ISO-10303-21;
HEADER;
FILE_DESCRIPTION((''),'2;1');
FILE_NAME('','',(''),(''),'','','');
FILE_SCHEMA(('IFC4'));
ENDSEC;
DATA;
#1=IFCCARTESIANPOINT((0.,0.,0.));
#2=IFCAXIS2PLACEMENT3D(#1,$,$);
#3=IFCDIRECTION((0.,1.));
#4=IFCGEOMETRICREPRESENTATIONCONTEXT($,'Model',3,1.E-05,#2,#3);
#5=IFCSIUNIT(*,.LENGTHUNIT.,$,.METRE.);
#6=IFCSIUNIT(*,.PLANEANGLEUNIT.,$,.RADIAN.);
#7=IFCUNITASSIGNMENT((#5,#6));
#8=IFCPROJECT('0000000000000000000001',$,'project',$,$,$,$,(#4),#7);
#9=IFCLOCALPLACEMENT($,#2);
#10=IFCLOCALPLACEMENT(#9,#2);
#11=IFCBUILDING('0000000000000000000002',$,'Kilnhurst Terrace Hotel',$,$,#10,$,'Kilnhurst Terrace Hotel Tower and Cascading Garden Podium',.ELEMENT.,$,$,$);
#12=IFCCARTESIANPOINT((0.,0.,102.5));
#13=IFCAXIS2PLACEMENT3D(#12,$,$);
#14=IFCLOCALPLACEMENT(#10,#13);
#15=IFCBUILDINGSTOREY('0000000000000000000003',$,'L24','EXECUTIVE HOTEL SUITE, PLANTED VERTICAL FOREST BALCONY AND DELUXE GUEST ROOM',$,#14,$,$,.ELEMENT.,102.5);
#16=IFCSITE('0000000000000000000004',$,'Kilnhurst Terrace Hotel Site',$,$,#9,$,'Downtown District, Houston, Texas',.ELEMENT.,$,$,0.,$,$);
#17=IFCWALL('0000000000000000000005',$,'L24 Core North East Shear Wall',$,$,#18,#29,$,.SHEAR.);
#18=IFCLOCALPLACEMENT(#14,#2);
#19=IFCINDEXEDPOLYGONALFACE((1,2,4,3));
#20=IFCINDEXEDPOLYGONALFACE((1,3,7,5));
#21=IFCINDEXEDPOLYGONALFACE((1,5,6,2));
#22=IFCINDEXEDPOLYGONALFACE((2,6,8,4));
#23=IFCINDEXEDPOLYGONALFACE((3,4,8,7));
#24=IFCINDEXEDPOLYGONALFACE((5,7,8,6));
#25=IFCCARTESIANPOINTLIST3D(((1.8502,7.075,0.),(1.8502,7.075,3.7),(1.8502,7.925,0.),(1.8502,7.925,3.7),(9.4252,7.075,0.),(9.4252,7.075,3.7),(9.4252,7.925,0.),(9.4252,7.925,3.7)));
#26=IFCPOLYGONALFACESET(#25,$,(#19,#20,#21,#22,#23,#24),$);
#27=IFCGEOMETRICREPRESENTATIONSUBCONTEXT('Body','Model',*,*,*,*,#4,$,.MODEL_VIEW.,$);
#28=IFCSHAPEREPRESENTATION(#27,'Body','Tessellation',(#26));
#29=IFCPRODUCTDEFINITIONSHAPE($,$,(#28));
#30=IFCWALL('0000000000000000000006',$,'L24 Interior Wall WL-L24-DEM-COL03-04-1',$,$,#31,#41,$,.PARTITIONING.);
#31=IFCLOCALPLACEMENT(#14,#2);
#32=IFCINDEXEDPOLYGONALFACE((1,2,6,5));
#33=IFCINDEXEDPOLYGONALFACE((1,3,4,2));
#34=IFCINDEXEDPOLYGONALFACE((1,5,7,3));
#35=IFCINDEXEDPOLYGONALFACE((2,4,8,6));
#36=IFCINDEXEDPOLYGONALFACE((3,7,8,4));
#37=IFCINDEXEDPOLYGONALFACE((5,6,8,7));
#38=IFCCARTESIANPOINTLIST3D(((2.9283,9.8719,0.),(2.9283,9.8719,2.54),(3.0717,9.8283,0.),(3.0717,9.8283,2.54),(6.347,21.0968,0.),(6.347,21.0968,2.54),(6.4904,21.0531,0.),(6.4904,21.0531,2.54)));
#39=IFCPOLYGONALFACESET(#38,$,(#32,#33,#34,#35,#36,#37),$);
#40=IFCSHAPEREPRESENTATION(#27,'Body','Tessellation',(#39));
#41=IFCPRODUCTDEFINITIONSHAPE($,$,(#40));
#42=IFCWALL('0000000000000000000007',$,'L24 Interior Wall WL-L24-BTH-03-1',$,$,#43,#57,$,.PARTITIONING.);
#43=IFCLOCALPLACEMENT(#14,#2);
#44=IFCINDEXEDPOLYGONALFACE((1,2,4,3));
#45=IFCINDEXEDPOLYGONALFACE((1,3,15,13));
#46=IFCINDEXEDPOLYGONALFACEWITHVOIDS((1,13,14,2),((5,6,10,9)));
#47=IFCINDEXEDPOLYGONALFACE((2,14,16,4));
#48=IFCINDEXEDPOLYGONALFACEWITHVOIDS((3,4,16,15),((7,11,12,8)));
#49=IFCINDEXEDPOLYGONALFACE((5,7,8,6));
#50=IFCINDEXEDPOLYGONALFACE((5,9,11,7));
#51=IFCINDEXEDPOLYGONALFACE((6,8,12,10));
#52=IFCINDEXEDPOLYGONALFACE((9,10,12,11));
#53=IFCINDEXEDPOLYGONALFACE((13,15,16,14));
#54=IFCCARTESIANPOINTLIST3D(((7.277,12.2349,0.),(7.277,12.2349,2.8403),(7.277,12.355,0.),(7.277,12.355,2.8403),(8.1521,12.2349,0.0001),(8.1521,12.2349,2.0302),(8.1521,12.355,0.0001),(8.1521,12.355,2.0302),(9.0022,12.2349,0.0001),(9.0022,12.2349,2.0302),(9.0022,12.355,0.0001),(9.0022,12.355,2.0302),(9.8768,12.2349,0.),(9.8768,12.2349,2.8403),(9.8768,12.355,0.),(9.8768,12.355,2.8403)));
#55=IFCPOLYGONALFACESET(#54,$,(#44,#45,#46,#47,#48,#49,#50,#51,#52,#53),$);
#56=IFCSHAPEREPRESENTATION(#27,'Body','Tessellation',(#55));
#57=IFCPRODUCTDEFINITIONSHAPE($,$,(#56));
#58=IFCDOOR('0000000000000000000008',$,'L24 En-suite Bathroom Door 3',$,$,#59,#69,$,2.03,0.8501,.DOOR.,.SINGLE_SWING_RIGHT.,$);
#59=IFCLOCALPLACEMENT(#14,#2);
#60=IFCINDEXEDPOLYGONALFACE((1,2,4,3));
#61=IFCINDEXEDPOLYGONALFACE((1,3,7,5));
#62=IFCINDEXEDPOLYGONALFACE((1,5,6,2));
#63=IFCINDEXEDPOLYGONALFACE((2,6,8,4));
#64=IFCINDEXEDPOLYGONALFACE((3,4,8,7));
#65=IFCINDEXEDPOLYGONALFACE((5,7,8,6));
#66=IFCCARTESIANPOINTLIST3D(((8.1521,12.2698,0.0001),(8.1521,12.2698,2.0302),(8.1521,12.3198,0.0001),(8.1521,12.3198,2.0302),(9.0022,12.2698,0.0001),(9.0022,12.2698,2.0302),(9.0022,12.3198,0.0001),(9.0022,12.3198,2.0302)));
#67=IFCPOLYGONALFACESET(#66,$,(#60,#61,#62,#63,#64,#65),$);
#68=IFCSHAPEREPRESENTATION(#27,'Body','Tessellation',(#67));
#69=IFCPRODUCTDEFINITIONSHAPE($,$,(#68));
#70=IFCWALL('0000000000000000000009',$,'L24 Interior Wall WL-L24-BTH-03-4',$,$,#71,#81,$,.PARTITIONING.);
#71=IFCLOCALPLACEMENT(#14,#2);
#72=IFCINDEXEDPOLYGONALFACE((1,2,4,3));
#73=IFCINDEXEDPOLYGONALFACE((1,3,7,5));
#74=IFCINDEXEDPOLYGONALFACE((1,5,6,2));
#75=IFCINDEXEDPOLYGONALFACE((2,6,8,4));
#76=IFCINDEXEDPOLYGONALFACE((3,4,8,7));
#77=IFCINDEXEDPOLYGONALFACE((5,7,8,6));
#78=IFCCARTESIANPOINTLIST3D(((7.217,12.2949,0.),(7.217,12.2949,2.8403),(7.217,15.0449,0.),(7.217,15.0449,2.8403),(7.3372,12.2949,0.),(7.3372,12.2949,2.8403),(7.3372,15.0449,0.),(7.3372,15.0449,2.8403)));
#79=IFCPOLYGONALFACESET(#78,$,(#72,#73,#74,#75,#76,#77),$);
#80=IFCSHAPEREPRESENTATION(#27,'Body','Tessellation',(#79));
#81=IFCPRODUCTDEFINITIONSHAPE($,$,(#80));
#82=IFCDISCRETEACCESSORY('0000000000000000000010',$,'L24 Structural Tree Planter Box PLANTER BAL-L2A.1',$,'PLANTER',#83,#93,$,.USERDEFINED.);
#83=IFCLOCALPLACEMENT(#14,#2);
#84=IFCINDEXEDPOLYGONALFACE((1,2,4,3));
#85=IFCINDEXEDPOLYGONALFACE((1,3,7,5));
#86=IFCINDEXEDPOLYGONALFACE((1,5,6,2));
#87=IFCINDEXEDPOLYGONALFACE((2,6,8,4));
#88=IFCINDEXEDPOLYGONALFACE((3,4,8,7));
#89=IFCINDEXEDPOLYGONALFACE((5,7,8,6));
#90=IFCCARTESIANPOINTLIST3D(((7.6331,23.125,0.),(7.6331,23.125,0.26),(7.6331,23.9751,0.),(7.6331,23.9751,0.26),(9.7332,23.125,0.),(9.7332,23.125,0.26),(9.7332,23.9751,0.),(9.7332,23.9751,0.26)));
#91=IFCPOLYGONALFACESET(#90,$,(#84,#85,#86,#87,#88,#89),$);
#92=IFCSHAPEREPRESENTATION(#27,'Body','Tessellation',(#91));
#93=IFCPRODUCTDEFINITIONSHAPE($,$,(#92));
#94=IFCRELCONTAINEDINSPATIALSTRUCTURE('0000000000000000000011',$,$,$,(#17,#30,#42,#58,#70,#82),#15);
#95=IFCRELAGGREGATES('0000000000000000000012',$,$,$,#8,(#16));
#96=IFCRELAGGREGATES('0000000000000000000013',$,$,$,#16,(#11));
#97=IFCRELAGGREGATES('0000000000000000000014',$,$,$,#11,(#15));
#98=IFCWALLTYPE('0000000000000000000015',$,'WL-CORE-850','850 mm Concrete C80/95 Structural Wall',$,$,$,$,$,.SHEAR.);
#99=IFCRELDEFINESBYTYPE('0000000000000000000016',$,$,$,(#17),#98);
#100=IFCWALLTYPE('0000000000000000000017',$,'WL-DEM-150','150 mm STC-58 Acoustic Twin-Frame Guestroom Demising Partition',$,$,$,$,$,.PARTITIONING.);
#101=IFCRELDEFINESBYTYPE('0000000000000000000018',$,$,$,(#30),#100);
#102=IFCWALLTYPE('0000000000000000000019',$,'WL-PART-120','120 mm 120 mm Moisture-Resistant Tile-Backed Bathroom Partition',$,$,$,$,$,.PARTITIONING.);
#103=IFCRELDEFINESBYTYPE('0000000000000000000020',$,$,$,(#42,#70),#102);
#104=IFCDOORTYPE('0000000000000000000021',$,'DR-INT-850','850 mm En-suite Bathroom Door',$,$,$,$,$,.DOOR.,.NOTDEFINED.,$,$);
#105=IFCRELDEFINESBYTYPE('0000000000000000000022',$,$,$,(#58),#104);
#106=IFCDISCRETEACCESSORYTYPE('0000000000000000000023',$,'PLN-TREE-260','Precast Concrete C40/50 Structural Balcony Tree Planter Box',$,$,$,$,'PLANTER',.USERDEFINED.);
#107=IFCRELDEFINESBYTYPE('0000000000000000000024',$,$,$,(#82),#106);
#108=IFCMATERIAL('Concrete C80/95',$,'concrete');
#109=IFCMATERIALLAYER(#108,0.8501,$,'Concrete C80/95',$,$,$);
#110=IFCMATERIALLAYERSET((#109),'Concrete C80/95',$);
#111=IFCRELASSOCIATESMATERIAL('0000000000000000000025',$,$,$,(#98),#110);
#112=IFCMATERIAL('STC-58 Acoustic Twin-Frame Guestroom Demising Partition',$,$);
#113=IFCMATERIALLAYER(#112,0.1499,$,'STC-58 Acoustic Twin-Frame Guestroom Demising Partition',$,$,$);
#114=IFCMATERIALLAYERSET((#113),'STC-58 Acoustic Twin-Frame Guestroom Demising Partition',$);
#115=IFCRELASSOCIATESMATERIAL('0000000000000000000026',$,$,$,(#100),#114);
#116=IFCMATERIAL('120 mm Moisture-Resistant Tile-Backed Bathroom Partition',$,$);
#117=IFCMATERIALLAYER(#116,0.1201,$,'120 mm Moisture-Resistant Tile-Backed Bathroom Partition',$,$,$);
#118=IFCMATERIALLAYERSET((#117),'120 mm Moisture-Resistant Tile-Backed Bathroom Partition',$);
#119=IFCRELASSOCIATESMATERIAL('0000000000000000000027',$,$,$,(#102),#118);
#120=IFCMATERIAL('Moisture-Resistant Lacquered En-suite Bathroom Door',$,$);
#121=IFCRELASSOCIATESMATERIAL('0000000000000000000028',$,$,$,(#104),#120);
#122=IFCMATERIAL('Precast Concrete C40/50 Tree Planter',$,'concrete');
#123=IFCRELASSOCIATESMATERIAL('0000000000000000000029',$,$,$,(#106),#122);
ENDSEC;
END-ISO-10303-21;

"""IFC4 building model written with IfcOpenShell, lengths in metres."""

from ifc_helpers import new_model, si_unit, direction, frame, frame_2d, origin, origin_2d, place, context, subcontext, project, spatial, rectangle, extrude, material, layer, layer_set, type_object, element, fill, save


model = new_model("IFC4")

# Units and contexts
model_context = context("Model", 3, precision=1e-05, world=origin(), true_north=direction((0.0, 1.0)))
body_context = subcontext(model_context, "Body", "Model", "MODEL_VIEW")
ifc_project = project(units=[si_unit("LENGTHUNIT", "METRE"), si_unit("PLANEANGLEUNIT", "RADIAN")], contexts=[model_context])

# Site, building, storey
site_placement = place(None, origin())
site = spatial("IfcSite", under=ifc_project, at=site_placement, Name="Kilnhurst Terrace Hotel Site", LongName="Downtown District, Houston, Texas", CompositionType="ELEMENT", RefElevation=0.0)
building_placement = place(site_placement, origin())
building = spatial("IfcBuilding", under=site, at=building_placement, Name="Kilnhurst Terrace Hotel", LongName="Kilnhurst Terrace Hotel Tower and Cascading Garden Podium", CompositionType="ELEMENT")
storey_placement = place(building_placement, frame((0.0, 0.0, 102.5)))
storey = spatial("IfcBuildingStorey", under=building, at=storey_placement, Name="L24", Description="EXECUTIVE HOTEL SUITE, PLANTED VERTICAL FOREST BALCONY AND DELUXE GUEST ROOM", CompositionType="ELEMENT", Elevation=102.5)

# Shared definitions
ifc_material_1 = material(Name="Concrete C80/95", Category="concrete")

# Walls
ifc_layer_1 = layer(ifc_material_1, 0.8501, Name="Concrete C80/95")
ifc_layer_set_1 = layer_set([ifc_layer_1], Name="Concrete C80/95")
wall_type_1 = type_object("IfcWallType", Name="WL-CORE-850", Description="850 mm Concrete C80/95 Structural Wall", PredefinedType="SHEAR", material=ifc_layer_set_1)
wall_1_placement = place(storey_placement, frame((1.8501, 7.5, 0.0), z_axis=(0.0, 0.0, 1.0), x_axis=(1.0, 0.0, 0.0)))
element("IfcWall", 1, at=wall_1_placement, inside=storey, type_object=wall_type_1, Name="L24 Core North East Shear Wall", PredefinedType="SHEAR", context=body_context, shape_type="SweptSolid", body=[
    extrude(rectangle(XDim=7.575, YDim=0.8501, at=frame_2d((3.7876, 0.0))), origin(), (0.0, 0.0, 1.0), 3.7),
])
ifc_material_2 = material(Name="STC-58 Acoustic Twin-Frame Guestroom Demising Partition")
ifc_layer_2 = layer(ifc_material_2, 0.1499, Name="STC-58 Acoustic Twin-Frame Guestroom Demising Partition")
ifc_layer_set_2 = layer_set([ifc_layer_2], Name="STC-58 Acoustic Twin-Frame Guestroom Demising Partition")
wall_type_2 = type_object("IfcWallType", Name="WL-DEM-150", Description="150 mm STC-58 Acoustic Twin-Frame Guestroom Demising Partition", PredefinedType="PARTITIONING", material=ifc_layer_set_2)
wall_2_placement = place(storey_placement, frame((3.0, 9.8501, 0.0), z_axis=(0.0, 0.0, 1.0), x_axis=(0.291352, 0.956616, 0.0)))
element("IfcWall", 2, at=wall_2_placement, inside=storey, type_object=wall_type_2, Name="L24 Interior Wall WL-L24-DEM-COL03-04-1", PredefinedType="PARTITIONING", context=body_context, shape_type="SweptSolid", body=[
    extrude(rectangle(XDim=11.7339, YDim=0.1499, at=frame_2d((5.8669, 0.0))), origin(), (0.0, 0.0, 1.0), 2.54),
])

# Wall, opening, door
ifc_material_3 = material(Name="120 mm Moisture-Resistant Tile-Backed Bathroom Partition")
ifc_layer_3 = layer(ifc_material_3, 0.1201, Name="120 mm Moisture-Resistant Tile-Backed Bathroom Partition")
ifc_layer_set_3 = layer_set([ifc_layer_3], Name="120 mm Moisture-Resistant Tile-Backed Bathroom Partition")
wall_type_3 = type_object("IfcWallType", Name="WL-PART-120", Description="120 mm 120 mm Moisture-Resistant Tile-Backed Bathroom Partition", PredefinedType="PARTITIONING", material=ifc_layer_set_3)
wall_3_placement = place(storey_placement, frame((7.2771, 12.2949, 0.0), z_axis=(0.0, 0.0, 1.0), x_axis=(1.0, 0.0, 0.0)))
wall_3 = element("IfcWall", 3, at=wall_3_placement, inside=storey, type_object=wall_type_3, Name="L24 Interior Wall WL-L24-BTH-03-1", PredefinedType="PARTITIONING", context=body_context, shape_type="SweptSolid", body=[
    extrude(rectangle(XDim=2.5999, YDim=0.1201, at=frame_2d((1.2998, 0.0))), origin(), (0.0, 0.0, 1.0), 2.8403),
])
opening_placement = place(wall_3_placement, frame((0.875, 0.0, 0.0)))
opening = element("IfcOpeningElement", 4, at=opening_placement, cuts=wall_3, PredefinedType="OPENING", context=body_context, shape_type="SweptSolid", body=[
    extrude(rectangle(XDim=0.8501, YDim=2.03, at=frame_2d((0.425, 1.0151))), frame((0.0, 0.0701, 0.0), z_axis=(0.0, -1.0, 0.0), x_axis=(1.0, 0.0, 0.0)), (0.0, 0.0, 1.0), 0.1401),
])
ifc_material_4 = material(Name="Moisture-Resistant Lacquered En-suite Bathroom Door")
door_type = type_object("IfcDoorType", Name="DR-INT-850", Description="850 mm En-suite Bathroom Door", OperationType="NOTDEFINED", PredefinedType="DOOR", material=ifc_material_4)
door_placement = place(opening_placement, origin())
door = element("IfcDoor", 5, at=door_placement, inside=storey, type_object=door_type, Name="L24 En-suite Bathroom Door 3", OperationType="SINGLE_SWING_RIGHT", OverallHeight=2.03, OverallWidth=0.8501, PredefinedType="DOOR", context=body_context, shape_type="SweptSolid", body=[
    extrude(rectangle(XDim=0.8501, YDim=2.03, at=frame_2d((0.425, 1.0151))), frame((0.0, 0.0249, 0.0), z_axis=(0.0, -1.0, 0.0), x_axis=(1.0, 0.0, 0.0)), (0.0, 0.0, 1.0), 0.05),
])
fill(opening, door)

# Wall
wall_4_placement = place(storey_placement, frame((7.2771, 15.0449, 0.0), z_axis=(0.0, 0.0, 1.0), x_axis=(0.0, -1.0, 0.0)))
element("IfcWall", 6, at=wall_4_placement, inside=storey, type_object=wall_type_3, Name="L24 Interior Wall WL-L24-BTH-03-4", PredefinedType="PARTITIONING", context=body_context, shape_type="SweptSolid", body=[
    extrude(rectangle(XDim=2.75, YDim=0.1201, at=frame_2d((1.375, 0.0))), origin(), (0.0, 0.0, 1.0), 2.8403),
])

# Discrete accessory
ifc_material_5 = material(Name="Precast Concrete C40/50 Tree Planter", Category="concrete")
discrete_accessory_type = type_object("IfcDiscreteAccessoryType", Name="PLN-TREE-260", Description="Precast Concrete C40/50 Structural Balcony Tree Planter Box", ElementType="PLANTER", PredefinedType="USERDEFINED", material=ifc_material_5)
discrete_accessory_placement = place(storey_placement, frame((8.6831, 23.55, 0.0), z_axis=(0.0, 0.0, 1.0), x_axis=(-1.0, 0.0, 0.0)))
element("IfcDiscreteAccessory", 7, at=discrete_accessory_placement, inside=storey, type_object=discrete_accessory_type, Name="L24 Structural Tree Planter Box PLANTER BAL-L2A.1", ObjectType="PLANTER", PredefinedType="USERDEFINED", context=body_context, shape_type="SweptSolid", body=[
    extrude(rectangle(XDim=2.1001, YDim=0.8501, at=origin_2d()), origin(), (0.0, 0.0, 1.0), 0.26),
])

save(model, "model.ifc")
